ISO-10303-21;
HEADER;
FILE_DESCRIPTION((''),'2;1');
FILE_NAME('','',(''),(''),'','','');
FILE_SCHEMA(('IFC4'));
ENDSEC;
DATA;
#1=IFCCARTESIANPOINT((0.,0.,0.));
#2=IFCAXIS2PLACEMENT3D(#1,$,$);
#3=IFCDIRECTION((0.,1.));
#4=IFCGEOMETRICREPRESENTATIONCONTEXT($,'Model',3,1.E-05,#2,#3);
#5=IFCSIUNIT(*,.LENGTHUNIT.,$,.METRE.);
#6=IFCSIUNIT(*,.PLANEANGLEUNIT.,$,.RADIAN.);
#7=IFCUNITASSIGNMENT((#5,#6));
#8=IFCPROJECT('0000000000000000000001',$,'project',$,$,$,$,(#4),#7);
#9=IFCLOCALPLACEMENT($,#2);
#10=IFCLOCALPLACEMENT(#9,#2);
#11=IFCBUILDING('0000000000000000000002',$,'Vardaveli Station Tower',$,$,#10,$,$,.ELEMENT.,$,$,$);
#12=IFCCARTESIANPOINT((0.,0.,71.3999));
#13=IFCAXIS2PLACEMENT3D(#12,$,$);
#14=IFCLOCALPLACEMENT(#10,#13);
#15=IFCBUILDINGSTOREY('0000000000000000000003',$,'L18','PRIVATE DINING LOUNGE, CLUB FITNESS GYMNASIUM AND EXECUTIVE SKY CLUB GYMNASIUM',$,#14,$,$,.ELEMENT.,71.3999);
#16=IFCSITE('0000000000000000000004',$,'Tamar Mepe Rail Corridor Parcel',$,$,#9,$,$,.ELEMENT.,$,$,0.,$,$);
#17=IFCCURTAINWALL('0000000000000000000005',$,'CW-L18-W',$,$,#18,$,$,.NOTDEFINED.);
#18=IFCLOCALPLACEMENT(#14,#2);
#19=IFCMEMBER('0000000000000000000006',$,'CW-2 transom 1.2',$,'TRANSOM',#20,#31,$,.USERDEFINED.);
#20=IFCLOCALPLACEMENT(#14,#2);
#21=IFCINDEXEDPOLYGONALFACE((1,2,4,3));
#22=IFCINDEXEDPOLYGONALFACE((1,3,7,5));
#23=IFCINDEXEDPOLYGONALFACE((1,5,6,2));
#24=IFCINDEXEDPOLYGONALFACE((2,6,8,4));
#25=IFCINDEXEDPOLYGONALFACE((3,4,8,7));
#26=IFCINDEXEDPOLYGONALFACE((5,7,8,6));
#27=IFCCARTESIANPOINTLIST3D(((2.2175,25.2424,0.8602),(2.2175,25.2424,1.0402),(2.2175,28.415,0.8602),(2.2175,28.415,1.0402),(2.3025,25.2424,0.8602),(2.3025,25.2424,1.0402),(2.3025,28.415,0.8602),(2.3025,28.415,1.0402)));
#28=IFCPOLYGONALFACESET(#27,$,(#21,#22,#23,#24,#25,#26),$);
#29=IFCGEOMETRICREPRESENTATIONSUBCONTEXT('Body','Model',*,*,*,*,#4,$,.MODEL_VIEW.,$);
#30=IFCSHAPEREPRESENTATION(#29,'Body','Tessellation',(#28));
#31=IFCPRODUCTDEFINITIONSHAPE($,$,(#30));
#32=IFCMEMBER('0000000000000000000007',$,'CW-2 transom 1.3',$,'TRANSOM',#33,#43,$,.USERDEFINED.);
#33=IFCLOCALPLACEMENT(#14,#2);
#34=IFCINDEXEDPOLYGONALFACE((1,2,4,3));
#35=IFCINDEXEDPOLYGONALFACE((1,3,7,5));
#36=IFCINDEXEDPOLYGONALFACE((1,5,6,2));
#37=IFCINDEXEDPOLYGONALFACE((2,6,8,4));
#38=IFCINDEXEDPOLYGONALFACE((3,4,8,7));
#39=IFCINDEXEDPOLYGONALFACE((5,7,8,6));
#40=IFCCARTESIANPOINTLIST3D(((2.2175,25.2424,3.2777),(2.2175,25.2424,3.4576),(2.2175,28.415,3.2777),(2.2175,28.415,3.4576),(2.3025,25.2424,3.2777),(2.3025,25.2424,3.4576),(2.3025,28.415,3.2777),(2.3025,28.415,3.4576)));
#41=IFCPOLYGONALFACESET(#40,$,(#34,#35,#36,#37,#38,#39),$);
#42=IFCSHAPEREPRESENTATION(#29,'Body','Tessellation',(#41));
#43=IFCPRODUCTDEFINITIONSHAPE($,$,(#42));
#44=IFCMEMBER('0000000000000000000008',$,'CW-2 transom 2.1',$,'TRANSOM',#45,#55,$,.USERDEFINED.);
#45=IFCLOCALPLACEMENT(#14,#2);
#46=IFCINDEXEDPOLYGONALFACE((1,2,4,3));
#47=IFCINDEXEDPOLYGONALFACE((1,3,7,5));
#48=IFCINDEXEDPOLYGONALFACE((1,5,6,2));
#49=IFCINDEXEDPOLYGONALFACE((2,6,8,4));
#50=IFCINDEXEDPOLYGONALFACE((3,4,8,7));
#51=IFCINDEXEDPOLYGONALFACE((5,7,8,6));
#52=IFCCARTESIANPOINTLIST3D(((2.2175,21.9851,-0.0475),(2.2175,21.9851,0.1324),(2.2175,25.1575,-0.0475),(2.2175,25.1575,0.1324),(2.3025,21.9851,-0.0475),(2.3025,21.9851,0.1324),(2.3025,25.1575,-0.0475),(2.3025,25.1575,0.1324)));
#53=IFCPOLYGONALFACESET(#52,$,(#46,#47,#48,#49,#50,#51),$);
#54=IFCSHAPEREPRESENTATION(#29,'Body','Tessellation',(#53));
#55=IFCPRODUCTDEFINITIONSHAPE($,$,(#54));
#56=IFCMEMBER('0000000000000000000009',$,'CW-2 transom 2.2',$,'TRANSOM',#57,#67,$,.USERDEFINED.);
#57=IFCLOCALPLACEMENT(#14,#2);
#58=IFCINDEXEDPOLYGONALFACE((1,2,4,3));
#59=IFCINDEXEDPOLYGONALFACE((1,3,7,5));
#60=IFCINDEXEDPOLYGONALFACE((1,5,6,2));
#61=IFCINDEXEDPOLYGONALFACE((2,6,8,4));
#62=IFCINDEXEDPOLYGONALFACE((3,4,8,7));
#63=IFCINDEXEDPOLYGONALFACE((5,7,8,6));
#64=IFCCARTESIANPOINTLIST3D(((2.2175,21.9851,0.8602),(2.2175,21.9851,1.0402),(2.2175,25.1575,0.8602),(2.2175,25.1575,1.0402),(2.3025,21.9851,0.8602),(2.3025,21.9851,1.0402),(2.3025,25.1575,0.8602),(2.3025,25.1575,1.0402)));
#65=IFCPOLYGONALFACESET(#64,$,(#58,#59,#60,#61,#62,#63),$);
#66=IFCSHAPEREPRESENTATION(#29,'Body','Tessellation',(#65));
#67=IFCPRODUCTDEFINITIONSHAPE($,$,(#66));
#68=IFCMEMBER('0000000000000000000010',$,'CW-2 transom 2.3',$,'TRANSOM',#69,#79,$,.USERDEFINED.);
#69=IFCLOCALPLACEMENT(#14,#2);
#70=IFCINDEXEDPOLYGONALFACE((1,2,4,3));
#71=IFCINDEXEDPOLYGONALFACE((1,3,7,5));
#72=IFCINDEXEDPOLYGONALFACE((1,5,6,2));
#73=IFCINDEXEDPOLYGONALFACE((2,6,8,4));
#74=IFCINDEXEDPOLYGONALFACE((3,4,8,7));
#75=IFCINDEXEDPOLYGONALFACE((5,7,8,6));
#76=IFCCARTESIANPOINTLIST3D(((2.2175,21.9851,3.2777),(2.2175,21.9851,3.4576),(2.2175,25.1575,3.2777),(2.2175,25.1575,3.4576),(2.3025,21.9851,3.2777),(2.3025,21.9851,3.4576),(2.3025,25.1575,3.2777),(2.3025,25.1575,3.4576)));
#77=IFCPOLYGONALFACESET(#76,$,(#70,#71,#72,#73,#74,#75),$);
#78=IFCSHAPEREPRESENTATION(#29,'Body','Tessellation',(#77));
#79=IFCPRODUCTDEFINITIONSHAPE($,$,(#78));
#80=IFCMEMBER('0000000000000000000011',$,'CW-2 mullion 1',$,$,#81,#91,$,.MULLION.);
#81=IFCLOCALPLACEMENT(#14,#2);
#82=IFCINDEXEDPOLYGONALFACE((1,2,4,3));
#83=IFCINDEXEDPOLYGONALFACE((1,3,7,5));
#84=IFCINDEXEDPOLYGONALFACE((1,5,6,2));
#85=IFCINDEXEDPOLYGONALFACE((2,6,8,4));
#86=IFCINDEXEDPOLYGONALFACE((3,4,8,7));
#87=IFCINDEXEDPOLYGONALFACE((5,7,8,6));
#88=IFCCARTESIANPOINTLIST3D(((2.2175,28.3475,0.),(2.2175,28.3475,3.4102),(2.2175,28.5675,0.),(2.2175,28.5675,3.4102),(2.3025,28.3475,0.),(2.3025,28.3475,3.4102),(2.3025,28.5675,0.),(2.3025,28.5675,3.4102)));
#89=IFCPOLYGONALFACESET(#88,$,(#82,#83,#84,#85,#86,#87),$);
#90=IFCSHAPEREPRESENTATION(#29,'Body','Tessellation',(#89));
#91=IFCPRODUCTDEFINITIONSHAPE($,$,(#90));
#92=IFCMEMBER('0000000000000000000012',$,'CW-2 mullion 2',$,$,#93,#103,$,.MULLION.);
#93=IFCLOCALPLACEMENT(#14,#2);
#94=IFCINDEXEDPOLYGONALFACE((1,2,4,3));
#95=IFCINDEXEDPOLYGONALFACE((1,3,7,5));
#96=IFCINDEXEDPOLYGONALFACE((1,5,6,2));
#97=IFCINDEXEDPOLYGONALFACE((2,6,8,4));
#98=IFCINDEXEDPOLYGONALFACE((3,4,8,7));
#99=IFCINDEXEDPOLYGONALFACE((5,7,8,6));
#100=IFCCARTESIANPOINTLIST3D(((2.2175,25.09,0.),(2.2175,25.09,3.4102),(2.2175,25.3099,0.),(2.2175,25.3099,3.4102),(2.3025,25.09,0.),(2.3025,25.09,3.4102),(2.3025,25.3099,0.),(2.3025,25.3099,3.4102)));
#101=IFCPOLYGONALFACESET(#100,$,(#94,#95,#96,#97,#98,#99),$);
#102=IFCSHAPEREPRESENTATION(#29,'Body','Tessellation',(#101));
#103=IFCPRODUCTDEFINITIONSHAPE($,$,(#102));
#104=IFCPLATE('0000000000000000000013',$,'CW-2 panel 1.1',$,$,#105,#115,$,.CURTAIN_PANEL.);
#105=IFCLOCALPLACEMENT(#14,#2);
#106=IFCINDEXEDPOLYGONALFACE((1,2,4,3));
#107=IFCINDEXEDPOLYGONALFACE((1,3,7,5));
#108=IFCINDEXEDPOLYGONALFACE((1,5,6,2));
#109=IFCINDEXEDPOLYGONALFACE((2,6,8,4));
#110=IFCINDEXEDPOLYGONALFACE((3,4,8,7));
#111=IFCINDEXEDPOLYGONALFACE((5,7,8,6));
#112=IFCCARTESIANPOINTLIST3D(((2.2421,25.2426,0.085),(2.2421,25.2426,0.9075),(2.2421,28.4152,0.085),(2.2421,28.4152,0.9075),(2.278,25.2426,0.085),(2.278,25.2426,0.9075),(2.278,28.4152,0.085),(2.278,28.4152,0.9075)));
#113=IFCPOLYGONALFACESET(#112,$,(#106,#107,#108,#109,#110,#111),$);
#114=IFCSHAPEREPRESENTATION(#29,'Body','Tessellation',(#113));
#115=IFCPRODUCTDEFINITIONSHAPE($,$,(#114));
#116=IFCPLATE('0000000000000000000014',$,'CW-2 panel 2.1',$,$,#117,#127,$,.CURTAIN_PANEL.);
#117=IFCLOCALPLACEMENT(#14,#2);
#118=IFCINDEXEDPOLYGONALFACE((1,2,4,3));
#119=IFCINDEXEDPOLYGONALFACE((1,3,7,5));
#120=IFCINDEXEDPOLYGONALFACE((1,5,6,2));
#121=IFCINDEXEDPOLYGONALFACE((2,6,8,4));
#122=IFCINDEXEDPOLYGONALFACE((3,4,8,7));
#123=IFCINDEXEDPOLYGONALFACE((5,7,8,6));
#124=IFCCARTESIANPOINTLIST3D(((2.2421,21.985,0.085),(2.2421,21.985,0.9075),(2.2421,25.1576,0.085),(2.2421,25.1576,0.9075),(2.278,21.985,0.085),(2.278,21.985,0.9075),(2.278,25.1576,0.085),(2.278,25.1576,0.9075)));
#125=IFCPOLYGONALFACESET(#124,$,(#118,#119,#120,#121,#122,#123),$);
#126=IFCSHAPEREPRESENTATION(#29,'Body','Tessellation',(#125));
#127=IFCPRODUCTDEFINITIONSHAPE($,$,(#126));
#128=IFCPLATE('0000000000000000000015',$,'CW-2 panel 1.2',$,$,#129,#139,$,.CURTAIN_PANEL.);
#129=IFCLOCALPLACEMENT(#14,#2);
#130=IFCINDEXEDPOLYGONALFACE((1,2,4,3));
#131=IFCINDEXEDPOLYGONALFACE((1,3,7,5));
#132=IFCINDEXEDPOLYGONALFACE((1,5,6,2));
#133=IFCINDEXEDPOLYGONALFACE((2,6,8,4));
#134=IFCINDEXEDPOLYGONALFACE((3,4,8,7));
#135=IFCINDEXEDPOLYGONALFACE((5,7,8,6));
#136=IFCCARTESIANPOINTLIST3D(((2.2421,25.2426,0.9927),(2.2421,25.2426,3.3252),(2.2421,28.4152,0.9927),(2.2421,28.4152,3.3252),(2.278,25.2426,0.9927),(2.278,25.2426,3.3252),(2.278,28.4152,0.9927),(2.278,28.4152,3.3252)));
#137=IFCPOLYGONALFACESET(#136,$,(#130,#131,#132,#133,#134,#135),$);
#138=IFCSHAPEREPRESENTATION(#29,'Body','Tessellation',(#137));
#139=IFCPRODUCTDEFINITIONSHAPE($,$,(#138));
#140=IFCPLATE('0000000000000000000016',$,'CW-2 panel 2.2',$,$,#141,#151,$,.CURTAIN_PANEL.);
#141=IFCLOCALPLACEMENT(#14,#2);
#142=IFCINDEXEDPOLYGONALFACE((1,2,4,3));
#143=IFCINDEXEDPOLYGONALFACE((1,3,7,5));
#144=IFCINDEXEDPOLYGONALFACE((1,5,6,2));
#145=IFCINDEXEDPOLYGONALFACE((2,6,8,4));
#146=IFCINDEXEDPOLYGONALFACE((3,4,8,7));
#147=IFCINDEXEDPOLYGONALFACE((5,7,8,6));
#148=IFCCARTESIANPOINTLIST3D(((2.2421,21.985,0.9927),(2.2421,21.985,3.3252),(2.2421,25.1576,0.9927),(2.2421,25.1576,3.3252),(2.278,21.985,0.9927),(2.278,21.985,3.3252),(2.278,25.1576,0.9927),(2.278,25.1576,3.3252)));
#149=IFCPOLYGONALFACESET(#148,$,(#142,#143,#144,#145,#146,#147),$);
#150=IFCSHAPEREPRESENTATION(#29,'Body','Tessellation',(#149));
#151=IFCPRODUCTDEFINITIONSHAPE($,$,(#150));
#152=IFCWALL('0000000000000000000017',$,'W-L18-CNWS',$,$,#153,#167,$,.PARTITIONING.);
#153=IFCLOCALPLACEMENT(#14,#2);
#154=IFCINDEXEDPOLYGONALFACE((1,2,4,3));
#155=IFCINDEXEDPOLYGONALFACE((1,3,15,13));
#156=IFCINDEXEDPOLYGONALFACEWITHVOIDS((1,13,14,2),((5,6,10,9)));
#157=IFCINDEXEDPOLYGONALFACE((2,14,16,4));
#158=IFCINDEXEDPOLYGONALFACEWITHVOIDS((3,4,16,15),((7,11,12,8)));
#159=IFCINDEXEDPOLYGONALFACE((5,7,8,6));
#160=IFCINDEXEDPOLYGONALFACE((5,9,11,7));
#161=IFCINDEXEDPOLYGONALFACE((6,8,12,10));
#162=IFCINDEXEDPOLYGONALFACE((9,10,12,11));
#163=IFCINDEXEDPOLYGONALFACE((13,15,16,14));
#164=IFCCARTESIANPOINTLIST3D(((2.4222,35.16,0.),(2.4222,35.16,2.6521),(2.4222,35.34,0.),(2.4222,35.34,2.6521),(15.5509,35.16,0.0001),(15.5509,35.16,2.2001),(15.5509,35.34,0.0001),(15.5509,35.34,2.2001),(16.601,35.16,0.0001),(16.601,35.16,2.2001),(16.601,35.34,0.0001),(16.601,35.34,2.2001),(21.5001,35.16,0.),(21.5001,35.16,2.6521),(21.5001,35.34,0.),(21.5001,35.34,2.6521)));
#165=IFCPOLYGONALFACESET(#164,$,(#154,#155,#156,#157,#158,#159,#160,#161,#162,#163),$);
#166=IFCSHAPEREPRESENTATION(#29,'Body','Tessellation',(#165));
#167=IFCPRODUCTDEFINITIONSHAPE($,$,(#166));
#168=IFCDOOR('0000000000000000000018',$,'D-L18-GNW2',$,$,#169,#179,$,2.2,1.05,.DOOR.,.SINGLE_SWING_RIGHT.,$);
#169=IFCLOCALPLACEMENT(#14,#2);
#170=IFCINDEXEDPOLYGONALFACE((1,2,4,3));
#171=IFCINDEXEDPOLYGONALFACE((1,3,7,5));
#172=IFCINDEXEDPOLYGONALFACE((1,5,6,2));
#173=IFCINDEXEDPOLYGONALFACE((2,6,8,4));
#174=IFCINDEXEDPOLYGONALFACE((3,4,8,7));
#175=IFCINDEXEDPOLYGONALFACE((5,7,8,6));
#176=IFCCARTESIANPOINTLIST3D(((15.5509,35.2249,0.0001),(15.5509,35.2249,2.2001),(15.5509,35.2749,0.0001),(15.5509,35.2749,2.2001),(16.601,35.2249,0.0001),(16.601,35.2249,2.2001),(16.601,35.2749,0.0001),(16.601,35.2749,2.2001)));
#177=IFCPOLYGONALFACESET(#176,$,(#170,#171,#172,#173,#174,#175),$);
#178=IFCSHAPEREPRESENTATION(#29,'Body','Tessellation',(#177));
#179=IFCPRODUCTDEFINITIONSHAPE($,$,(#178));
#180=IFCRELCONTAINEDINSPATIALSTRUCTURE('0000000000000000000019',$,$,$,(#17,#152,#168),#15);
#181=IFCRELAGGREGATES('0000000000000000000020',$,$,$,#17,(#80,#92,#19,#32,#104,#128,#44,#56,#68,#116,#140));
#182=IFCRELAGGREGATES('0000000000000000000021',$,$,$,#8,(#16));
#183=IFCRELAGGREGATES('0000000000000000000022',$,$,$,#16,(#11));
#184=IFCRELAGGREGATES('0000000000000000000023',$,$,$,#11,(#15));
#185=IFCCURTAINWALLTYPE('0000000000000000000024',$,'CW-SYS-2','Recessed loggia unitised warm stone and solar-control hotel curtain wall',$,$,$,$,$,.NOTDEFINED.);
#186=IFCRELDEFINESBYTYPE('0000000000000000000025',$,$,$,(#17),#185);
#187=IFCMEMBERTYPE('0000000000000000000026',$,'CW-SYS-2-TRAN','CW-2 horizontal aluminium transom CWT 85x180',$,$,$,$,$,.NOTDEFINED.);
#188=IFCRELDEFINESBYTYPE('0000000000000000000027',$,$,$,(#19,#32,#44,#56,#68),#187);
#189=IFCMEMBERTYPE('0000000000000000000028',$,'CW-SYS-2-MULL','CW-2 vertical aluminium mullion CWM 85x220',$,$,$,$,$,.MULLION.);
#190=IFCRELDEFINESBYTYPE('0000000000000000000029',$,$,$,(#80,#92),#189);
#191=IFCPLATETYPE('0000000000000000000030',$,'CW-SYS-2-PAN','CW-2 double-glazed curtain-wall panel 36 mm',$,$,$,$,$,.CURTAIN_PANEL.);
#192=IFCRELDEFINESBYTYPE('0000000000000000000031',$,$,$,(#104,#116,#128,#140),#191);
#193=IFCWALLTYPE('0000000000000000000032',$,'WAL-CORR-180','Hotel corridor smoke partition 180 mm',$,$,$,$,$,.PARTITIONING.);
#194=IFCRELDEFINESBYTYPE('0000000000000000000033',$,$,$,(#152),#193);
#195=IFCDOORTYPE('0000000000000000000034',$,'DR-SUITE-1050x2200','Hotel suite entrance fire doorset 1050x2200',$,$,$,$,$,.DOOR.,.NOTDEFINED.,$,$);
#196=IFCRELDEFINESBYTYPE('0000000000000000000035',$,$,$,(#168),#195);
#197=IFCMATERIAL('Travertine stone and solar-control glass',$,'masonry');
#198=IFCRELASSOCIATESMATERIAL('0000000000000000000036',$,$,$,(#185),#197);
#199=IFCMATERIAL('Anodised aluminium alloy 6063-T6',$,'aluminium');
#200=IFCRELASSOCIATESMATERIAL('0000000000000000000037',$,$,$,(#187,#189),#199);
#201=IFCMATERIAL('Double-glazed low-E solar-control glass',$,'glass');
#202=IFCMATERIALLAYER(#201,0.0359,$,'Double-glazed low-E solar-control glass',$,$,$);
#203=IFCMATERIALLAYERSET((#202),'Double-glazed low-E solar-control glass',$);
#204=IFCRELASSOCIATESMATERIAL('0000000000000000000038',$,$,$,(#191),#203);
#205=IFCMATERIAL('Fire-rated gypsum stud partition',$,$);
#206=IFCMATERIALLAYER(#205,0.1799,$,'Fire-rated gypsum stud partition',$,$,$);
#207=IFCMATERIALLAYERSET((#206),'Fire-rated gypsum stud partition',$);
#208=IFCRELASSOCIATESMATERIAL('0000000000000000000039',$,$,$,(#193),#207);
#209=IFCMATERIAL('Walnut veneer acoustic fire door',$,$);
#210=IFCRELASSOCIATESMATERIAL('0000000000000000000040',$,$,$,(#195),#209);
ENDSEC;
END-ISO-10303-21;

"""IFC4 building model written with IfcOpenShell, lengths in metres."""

from ifc_helpers import new_model, si_unit, direction, frame, frame_2d, origin, origin_2d, place, context, subcontext, project, spatial, rectangle, extrude, source, transform, mapped, material, layer, layer_set, material_profile, profile_set, type_object, element, fill, aggregate, save


model = new_model("IFC4")

# Units and contexts
model_context = context("Model", 3, precision=1e-05, world=origin(), true_north=direction((0.0, 1.0)))
body_context = subcontext(model_context, "Body", "Model", "MODEL_VIEW")
ifc_project = project(units=[si_unit("LENGTHUNIT", "METRE"), si_unit("PLANEANGLEUNIT", "RADIAN")], contexts=[model_context])

# Site, building, storey
site_placement = place(None, origin())
site = spatial("IfcSite", under=ifc_project, at=site_placement, Name="Tamar Mepe Rail Corridor Parcel", CompositionType="ELEMENT", RefElevation=0.0)
building_placement = place(site_placement, origin())
building = spatial("IfcBuilding", under=site, at=building_placement, Name="Vardaveli Station Tower", CompositionType="ELEMENT")
storey_placement = place(building_placement, frame((0.0, 0.0, 71.3999)))
storey = spatial("IfcBuildingStorey", under=building, at=storey_placement, Name="L18", Description="PRIVATE DINING LOUNGE, CLUB FITNESS GYMNASIUM AND EXECUTIVE SKY CLUB GYMNASIUM", CompositionType="ELEMENT", Elevation=71.3999)

# Curtain wall, members, plates
ifc_material_1 = material(Name="Travertine stone and solar-control glass", Category="masonry")
curtain_wall_type = type_object("IfcCurtainWallType", Name="CW-SYS-2", Description="Recessed loggia unitised warm stone and solar-control hotel curtain wall", PredefinedType="NOTDEFINED", material=ifc_material_1)
curtain_wall_placement = place(storey_placement, origin())
curtain_wall = element("IfcCurtainWall", 1, at=curtain_wall_placement, inside=storey, type_object=curtain_wall_type, Name="CW-L18-W", PredefinedType="NOTDEFINED")
ifc_material_2 = material(Name="Anodised aluminium alloy 6063-T6", Category="aluminium")
ifc_material_profile_1 = material_profile(ifc_material_2, rectangle(XDim=0.085, YDim=0.1799, at=origin_2d()), Name="CWT 85x180")
ifc_profile_set_1 = profile_set([ifc_material_profile_1], Name="Anodised aluminium alloy 6063-T6")
member_type_1 = type_object("IfcMemberType", Name="CW-SYS-2-TRAN", Description="CW-2 horizontal aluminium transom CWT 85x180", PredefinedType="NOTDEFINED", material=ifc_profile_set_1)
shared_shape_1 = source(origin(), body_context, "Body", "SweptSolid", [
    extrude(rectangle(XDim=0.085, YDim=0.1799, at=origin_2d()), origin(), (0.0, 0.0, 1.0), 3.1726),
])
member_1_placement = place(storey_placement, frame((2.26, 28.415, 0.9502), z_axis=(0.0, -1.0, 0.0), x_axis=(1.0, 0.0, 0.0)))
member_1 = element("IfcMember", 2, at=member_1_placement, type_object=member_type_1, Name="CW-2 transom 1.2", ObjectType="TRANSOM", PredefinedType="USERDEFINED", context=body_context, shape_type="MappedRepresentation", body=[
    mapped(shared_shape_1, transform((0.0, 0.0, 0.0), scale=1.0)),
])
member_2_placement = place(storey_placement, frame((2.26, 28.415, 3.3677), z_axis=(0.0, -1.0, 0.0), x_axis=(1.0, 0.0, 0.0)))
member_2 = element("IfcMember", 3, at=member_2_placement, type_object=member_type_1, Name="CW-2 transom 1.3", ObjectType="TRANSOM", PredefinedType="USERDEFINED", context=body_context, shape_type="MappedRepresentation", body=[
    mapped(shared_shape_1, transform((0.0, 0.0, 0.0), scale=1.0)),
])
shared_shape_2 = source(origin(), body_context, "Body", "SweptSolid", [
    extrude(rectangle(XDim=0.085, YDim=0.1799, at=origin_2d()), origin(), (0.0, 0.0, 1.0), 3.1724),
])
member_3_placement = place(storey_placement, frame((2.26, 25.1575, 0.0425), z_axis=(0.0, -1.0, 0.0), x_axis=(1.0, 0.0, 0.0)))
member_3 = element("IfcMember", 4, at=member_3_placement, type_object=member_type_1, Name="CW-2 transom 2.1", ObjectType="TRANSOM", PredefinedType="USERDEFINED", context=body_context, shape_type="MappedRepresentation", body=[
    mapped(shared_shape_2, transform((0.0, 0.0, 0.0), scale=1.0)),
])
member_4_placement = place(storey_placement, frame((2.26, 25.1575, 0.9502), z_axis=(0.0, -1.0, 0.0), x_axis=(1.0, 0.0, 0.0)))
member_4 = element("IfcMember", 5, at=member_4_placement, type_object=member_type_1, Name="CW-2 transom 2.2", ObjectType="TRANSOM", PredefinedType="USERDEFINED", context=body_context, shape_type="MappedRepresentation", body=[
    mapped(shared_shape_2, transform((0.0, 0.0, 0.0), scale=1.0)),
])
member_5_placement = place(storey_placement, frame((2.26, 25.1575, 3.3677), z_axis=(0.0, -1.0, 0.0), x_axis=(1.0, 0.0, 0.0)))
member_5 = element("IfcMember", 6, at=member_5_placement, type_object=member_type_1, Name="CW-2 transom 2.3", ObjectType="TRANSOM", PredefinedType="USERDEFINED", context=body_context, shape_type="MappedRepresentation", body=[
    mapped(shared_shape_2, transform((0.0, 0.0, 0.0), scale=1.0)),
])
ifc_material_profile_2 = material_profile(ifc_material_2, rectangle(XDim=0.085, YDim=0.22, at=origin_2d()), Name="CWM 85x220")
ifc_profile_set_2 = profile_set([ifc_material_profile_2], Name="Anodised aluminium alloy 6063-T6")
member_type_2 = type_object("IfcMemberType", Name="CW-SYS-2-MULL", Description="CW-2 vertical aluminium mullion CWM 85x220", PredefinedType="MULLION", material=ifc_profile_set_2)
shared_shape_3 = source(origin(), body_context, "Body", "SweptSolid", [
    extrude(rectangle(XDim=0.085, YDim=0.22, at=origin_2d()), origin(), (0.0, 0.0, 1.0), 3.4102),
])
member_6_placement = place(storey_placement, frame((2.26, 28.4575, 0.0), z_axis=(0.0, 0.0, 1.0), x_axis=(1.0, 0.0, 0.0)))
member_6 = element("IfcMember", 7, at=member_6_placement, type_object=member_type_2, Name="CW-2 mullion 1", PredefinedType="MULLION", context=body_context, shape_type="MappedRepresentation", body=[
    mapped(shared_shape_3, transform((0.0, 0.0, 0.0), scale=1.0)),
])
member_7_placement = place(storey_placement, frame((2.26, 25.2, 0.0), z_axis=(0.0, 0.0, 1.0), x_axis=(1.0, 0.0, 0.0)))
member_7 = element("IfcMember", 8, at=member_7_placement, type_object=member_type_2, Name="CW-2 mullion 2", PredefinedType="MULLION", context=body_context, shape_type="MappedRepresentation", body=[
    mapped(shared_shape_3, transform((0.0, 0.0, 0.0), scale=1.0)),
])
ifc_material_3 = material(Name="Double-glazed low-E solar-control glass", Category="glass")
ifc_layer_1 = layer(ifc_material_3, 0.0359, Name="Double-glazed low-E solar-control glass")
ifc_layer_set_1 = layer_set([ifc_layer_1], Name="Double-glazed low-E solar-control glass")
plate_type = type_object("IfcPlateType", Name="CW-SYS-2-PAN", Description="CW-2 double-glazed curtain-wall panel 36 mm", PredefinedType="CURTAIN_PANEL", material=ifc_layer_set_1)
shared_shape_4 = source(origin(), body_context, "Body", "SweptSolid", [
    extrude(rectangle(XDim=3.1726, YDim=0.0359, at=origin_2d()), origin(), (0.0, 0.0, 1.0), 0.8225),
])
plate_1_placement = place(storey_placement, frame((2.26, 26.8289, 0.085), z_axis=(0.0, 0.0, 1.0), x_axis=(0.0, -1.0, 0.0)))
plate_1 = element("IfcPlate", 9, at=plate_1_placement, type_object=plate_type, Name="CW-2 panel 1.1", PredefinedType="CURTAIN_PANEL", context=body_context, shape_type="MappedRepresentation", body=[
    mapped(shared_shape_4, transform((0.0, 0.0, 0.0), scale=1.0)),
])
plate_2_placement = place(storey_placement, frame((2.26, 23.5713, 0.085), z_axis=(0.0, 0.0, 1.0), x_axis=(0.0, -1.0, 0.0)))
plate_2 = element("IfcPlate", 10, at=plate_2_placement, type_object=plate_type, Name="CW-2 panel 2.1", PredefinedType="CURTAIN_PANEL", context=body_context, shape_type="MappedRepresentation", body=[
    mapped(shared_shape_4, transform((0.0, 0.0, 0.0), scale=1.0)),
])
shared_shape_5 = source(origin(), body_context, "Body", "SweptSolid", [
    extrude(rectangle(XDim=3.1726, YDim=0.0359, at=origin_2d()), origin(), (0.0, 0.0, 1.0), 2.3325),
])
plate_3_placement = place(storey_placement, frame((2.26, 26.8289, 0.9927), z_axis=(0.0, 0.0, 1.0), x_axis=(0.0, -1.0, 0.0)))
plate_3 = element("IfcPlate", 11, at=plate_3_placement, type_object=plate_type, Name="CW-2 panel 1.2", PredefinedType="CURTAIN_PANEL", context=body_context, shape_type="MappedRepresentation", body=[
    mapped(shared_shape_5, transform((0.0, 0.0, 0.0), scale=1.0)),
])
plate_4_placement = place(storey_placement, frame((2.26, 23.5713, 0.9927), z_axis=(0.0, 0.0, 1.0), x_axis=(0.0, -1.0, 0.0)))
plate_4 = element("IfcPlate", 12, at=plate_4_placement, type_object=plate_type, Name="CW-2 panel 2.2", PredefinedType="CURTAIN_PANEL", context=body_context, shape_type="MappedRepresentation", body=[
    mapped(shared_shape_5, transform((0.0, 0.0, 0.0), scale=1.0)),
])
aggregate(curtain_wall, [member_6, member_7, member_1, member_2, plate_1, plate_3, member_3, member_4, member_5, plate_2, plate_4])

# Wall, opening, door
ifc_material_4 = material(Name="Fire-rated gypsum stud partition")
ifc_layer_2 = layer(ifc_material_4, 0.1799, Name="Fire-rated gypsum stud partition")
ifc_layer_set_2 = layer_set([ifc_layer_2], Name="Fire-rated gypsum stud partition")
wall_type = type_object("IfcWallType", Name="WAL-CORR-180", Description="Hotel corridor smoke partition 180 mm", PredefinedType="PARTITIONING", material=ifc_layer_set_2)
shared_shape_6 = source(origin(), body_context, "Body", "SweptSolid", [
    extrude(rectangle(XDim=19.0779, YDim=0.1799, at=frame_2d((9.5391, 0.0))), origin(), (0.0, 0.0, 1.0), 2.6521),
])
wall_1_placement = place(storey_placement, frame((2.4221, 35.25, 0.0), z_axis=(0.0, 0.0, 1.0), x_axis=(1.0, 0.0, 0.0)))
wall_1 = element("IfcWall", 13, at=wall_1_placement, inside=storey, type_object=wall_type, Name="W-L18-CNWS", PredefinedType="PARTITIONING", context=body_context, shape_type="MappedRepresentation", body=[
    mapped(shared_shape_6, transform((0.0, 0.0, 0.0), scale=1.0)),
])
shared_shape_7 = source(origin(), body_context, "Body", "SweptSolid", [
    extrude(rectangle(XDim=1.05, YDim=2.2, at=frame_2d((0.5249, 1.1001))), frame((0.0, 0.1001, 0.0), z_axis=(0.0, -1.0, 0.0), x_axis=(1.0, 0.0, 0.0)), (0.0, 0.0, 1.0), 0.2),
])
opening_placement = place(wall_1_placement, frame((13.1289, 0.0, 0.0)))
opening = element("IfcOpeningElement", 14, at=opening_placement, cuts=wall_1, PredefinedType="OPENING", context=body_context, shape_type="MappedRepresentation", body=[
    mapped(shared_shape_7, transform((0.0, 0.0, 0.0), scale=1.0)),
])
ifc_material_5 = material(Name="Walnut veneer acoustic fire door")
door_type = type_object("IfcDoorType", Name="DR-SUITE-1050x2200", Description="Hotel suite entrance fire doorset 1050x2200", OperationType="NOTDEFINED", PredefinedType="DOOR", material=ifc_material_5)
shared_shape_8 = source(origin(), body_context, "Body", "SweptSolid", [
    extrude(rectangle(XDim=1.05, YDim=2.2, at=frame_2d((0.5249, 1.1001))), frame((0.0, 0.0249, 0.0), z_axis=(0.0, -1.0, 0.0), x_axis=(1.0, 0.0, 0.0)), (0.0, 0.0, 1.0), 0.05),
])
door_placement = place(opening_placement, origin())
door = element("IfcDoor", 15, at=door_placement, inside=storey, type_object=door_type, Name="D-L18-GNW2", OperationType="SINGLE_SWING_RIGHT", OverallHeight=2.2, OverallWidth=1.05, PredefinedType="DOOR", context=body_context, shape_type="MappedRepresentation", body=[
    mapped(shared_shape_8, transform((0.0, 0.0, 0.0), scale=1.0)),
])
fill(opening, door)

save(model, "model.ifc")
